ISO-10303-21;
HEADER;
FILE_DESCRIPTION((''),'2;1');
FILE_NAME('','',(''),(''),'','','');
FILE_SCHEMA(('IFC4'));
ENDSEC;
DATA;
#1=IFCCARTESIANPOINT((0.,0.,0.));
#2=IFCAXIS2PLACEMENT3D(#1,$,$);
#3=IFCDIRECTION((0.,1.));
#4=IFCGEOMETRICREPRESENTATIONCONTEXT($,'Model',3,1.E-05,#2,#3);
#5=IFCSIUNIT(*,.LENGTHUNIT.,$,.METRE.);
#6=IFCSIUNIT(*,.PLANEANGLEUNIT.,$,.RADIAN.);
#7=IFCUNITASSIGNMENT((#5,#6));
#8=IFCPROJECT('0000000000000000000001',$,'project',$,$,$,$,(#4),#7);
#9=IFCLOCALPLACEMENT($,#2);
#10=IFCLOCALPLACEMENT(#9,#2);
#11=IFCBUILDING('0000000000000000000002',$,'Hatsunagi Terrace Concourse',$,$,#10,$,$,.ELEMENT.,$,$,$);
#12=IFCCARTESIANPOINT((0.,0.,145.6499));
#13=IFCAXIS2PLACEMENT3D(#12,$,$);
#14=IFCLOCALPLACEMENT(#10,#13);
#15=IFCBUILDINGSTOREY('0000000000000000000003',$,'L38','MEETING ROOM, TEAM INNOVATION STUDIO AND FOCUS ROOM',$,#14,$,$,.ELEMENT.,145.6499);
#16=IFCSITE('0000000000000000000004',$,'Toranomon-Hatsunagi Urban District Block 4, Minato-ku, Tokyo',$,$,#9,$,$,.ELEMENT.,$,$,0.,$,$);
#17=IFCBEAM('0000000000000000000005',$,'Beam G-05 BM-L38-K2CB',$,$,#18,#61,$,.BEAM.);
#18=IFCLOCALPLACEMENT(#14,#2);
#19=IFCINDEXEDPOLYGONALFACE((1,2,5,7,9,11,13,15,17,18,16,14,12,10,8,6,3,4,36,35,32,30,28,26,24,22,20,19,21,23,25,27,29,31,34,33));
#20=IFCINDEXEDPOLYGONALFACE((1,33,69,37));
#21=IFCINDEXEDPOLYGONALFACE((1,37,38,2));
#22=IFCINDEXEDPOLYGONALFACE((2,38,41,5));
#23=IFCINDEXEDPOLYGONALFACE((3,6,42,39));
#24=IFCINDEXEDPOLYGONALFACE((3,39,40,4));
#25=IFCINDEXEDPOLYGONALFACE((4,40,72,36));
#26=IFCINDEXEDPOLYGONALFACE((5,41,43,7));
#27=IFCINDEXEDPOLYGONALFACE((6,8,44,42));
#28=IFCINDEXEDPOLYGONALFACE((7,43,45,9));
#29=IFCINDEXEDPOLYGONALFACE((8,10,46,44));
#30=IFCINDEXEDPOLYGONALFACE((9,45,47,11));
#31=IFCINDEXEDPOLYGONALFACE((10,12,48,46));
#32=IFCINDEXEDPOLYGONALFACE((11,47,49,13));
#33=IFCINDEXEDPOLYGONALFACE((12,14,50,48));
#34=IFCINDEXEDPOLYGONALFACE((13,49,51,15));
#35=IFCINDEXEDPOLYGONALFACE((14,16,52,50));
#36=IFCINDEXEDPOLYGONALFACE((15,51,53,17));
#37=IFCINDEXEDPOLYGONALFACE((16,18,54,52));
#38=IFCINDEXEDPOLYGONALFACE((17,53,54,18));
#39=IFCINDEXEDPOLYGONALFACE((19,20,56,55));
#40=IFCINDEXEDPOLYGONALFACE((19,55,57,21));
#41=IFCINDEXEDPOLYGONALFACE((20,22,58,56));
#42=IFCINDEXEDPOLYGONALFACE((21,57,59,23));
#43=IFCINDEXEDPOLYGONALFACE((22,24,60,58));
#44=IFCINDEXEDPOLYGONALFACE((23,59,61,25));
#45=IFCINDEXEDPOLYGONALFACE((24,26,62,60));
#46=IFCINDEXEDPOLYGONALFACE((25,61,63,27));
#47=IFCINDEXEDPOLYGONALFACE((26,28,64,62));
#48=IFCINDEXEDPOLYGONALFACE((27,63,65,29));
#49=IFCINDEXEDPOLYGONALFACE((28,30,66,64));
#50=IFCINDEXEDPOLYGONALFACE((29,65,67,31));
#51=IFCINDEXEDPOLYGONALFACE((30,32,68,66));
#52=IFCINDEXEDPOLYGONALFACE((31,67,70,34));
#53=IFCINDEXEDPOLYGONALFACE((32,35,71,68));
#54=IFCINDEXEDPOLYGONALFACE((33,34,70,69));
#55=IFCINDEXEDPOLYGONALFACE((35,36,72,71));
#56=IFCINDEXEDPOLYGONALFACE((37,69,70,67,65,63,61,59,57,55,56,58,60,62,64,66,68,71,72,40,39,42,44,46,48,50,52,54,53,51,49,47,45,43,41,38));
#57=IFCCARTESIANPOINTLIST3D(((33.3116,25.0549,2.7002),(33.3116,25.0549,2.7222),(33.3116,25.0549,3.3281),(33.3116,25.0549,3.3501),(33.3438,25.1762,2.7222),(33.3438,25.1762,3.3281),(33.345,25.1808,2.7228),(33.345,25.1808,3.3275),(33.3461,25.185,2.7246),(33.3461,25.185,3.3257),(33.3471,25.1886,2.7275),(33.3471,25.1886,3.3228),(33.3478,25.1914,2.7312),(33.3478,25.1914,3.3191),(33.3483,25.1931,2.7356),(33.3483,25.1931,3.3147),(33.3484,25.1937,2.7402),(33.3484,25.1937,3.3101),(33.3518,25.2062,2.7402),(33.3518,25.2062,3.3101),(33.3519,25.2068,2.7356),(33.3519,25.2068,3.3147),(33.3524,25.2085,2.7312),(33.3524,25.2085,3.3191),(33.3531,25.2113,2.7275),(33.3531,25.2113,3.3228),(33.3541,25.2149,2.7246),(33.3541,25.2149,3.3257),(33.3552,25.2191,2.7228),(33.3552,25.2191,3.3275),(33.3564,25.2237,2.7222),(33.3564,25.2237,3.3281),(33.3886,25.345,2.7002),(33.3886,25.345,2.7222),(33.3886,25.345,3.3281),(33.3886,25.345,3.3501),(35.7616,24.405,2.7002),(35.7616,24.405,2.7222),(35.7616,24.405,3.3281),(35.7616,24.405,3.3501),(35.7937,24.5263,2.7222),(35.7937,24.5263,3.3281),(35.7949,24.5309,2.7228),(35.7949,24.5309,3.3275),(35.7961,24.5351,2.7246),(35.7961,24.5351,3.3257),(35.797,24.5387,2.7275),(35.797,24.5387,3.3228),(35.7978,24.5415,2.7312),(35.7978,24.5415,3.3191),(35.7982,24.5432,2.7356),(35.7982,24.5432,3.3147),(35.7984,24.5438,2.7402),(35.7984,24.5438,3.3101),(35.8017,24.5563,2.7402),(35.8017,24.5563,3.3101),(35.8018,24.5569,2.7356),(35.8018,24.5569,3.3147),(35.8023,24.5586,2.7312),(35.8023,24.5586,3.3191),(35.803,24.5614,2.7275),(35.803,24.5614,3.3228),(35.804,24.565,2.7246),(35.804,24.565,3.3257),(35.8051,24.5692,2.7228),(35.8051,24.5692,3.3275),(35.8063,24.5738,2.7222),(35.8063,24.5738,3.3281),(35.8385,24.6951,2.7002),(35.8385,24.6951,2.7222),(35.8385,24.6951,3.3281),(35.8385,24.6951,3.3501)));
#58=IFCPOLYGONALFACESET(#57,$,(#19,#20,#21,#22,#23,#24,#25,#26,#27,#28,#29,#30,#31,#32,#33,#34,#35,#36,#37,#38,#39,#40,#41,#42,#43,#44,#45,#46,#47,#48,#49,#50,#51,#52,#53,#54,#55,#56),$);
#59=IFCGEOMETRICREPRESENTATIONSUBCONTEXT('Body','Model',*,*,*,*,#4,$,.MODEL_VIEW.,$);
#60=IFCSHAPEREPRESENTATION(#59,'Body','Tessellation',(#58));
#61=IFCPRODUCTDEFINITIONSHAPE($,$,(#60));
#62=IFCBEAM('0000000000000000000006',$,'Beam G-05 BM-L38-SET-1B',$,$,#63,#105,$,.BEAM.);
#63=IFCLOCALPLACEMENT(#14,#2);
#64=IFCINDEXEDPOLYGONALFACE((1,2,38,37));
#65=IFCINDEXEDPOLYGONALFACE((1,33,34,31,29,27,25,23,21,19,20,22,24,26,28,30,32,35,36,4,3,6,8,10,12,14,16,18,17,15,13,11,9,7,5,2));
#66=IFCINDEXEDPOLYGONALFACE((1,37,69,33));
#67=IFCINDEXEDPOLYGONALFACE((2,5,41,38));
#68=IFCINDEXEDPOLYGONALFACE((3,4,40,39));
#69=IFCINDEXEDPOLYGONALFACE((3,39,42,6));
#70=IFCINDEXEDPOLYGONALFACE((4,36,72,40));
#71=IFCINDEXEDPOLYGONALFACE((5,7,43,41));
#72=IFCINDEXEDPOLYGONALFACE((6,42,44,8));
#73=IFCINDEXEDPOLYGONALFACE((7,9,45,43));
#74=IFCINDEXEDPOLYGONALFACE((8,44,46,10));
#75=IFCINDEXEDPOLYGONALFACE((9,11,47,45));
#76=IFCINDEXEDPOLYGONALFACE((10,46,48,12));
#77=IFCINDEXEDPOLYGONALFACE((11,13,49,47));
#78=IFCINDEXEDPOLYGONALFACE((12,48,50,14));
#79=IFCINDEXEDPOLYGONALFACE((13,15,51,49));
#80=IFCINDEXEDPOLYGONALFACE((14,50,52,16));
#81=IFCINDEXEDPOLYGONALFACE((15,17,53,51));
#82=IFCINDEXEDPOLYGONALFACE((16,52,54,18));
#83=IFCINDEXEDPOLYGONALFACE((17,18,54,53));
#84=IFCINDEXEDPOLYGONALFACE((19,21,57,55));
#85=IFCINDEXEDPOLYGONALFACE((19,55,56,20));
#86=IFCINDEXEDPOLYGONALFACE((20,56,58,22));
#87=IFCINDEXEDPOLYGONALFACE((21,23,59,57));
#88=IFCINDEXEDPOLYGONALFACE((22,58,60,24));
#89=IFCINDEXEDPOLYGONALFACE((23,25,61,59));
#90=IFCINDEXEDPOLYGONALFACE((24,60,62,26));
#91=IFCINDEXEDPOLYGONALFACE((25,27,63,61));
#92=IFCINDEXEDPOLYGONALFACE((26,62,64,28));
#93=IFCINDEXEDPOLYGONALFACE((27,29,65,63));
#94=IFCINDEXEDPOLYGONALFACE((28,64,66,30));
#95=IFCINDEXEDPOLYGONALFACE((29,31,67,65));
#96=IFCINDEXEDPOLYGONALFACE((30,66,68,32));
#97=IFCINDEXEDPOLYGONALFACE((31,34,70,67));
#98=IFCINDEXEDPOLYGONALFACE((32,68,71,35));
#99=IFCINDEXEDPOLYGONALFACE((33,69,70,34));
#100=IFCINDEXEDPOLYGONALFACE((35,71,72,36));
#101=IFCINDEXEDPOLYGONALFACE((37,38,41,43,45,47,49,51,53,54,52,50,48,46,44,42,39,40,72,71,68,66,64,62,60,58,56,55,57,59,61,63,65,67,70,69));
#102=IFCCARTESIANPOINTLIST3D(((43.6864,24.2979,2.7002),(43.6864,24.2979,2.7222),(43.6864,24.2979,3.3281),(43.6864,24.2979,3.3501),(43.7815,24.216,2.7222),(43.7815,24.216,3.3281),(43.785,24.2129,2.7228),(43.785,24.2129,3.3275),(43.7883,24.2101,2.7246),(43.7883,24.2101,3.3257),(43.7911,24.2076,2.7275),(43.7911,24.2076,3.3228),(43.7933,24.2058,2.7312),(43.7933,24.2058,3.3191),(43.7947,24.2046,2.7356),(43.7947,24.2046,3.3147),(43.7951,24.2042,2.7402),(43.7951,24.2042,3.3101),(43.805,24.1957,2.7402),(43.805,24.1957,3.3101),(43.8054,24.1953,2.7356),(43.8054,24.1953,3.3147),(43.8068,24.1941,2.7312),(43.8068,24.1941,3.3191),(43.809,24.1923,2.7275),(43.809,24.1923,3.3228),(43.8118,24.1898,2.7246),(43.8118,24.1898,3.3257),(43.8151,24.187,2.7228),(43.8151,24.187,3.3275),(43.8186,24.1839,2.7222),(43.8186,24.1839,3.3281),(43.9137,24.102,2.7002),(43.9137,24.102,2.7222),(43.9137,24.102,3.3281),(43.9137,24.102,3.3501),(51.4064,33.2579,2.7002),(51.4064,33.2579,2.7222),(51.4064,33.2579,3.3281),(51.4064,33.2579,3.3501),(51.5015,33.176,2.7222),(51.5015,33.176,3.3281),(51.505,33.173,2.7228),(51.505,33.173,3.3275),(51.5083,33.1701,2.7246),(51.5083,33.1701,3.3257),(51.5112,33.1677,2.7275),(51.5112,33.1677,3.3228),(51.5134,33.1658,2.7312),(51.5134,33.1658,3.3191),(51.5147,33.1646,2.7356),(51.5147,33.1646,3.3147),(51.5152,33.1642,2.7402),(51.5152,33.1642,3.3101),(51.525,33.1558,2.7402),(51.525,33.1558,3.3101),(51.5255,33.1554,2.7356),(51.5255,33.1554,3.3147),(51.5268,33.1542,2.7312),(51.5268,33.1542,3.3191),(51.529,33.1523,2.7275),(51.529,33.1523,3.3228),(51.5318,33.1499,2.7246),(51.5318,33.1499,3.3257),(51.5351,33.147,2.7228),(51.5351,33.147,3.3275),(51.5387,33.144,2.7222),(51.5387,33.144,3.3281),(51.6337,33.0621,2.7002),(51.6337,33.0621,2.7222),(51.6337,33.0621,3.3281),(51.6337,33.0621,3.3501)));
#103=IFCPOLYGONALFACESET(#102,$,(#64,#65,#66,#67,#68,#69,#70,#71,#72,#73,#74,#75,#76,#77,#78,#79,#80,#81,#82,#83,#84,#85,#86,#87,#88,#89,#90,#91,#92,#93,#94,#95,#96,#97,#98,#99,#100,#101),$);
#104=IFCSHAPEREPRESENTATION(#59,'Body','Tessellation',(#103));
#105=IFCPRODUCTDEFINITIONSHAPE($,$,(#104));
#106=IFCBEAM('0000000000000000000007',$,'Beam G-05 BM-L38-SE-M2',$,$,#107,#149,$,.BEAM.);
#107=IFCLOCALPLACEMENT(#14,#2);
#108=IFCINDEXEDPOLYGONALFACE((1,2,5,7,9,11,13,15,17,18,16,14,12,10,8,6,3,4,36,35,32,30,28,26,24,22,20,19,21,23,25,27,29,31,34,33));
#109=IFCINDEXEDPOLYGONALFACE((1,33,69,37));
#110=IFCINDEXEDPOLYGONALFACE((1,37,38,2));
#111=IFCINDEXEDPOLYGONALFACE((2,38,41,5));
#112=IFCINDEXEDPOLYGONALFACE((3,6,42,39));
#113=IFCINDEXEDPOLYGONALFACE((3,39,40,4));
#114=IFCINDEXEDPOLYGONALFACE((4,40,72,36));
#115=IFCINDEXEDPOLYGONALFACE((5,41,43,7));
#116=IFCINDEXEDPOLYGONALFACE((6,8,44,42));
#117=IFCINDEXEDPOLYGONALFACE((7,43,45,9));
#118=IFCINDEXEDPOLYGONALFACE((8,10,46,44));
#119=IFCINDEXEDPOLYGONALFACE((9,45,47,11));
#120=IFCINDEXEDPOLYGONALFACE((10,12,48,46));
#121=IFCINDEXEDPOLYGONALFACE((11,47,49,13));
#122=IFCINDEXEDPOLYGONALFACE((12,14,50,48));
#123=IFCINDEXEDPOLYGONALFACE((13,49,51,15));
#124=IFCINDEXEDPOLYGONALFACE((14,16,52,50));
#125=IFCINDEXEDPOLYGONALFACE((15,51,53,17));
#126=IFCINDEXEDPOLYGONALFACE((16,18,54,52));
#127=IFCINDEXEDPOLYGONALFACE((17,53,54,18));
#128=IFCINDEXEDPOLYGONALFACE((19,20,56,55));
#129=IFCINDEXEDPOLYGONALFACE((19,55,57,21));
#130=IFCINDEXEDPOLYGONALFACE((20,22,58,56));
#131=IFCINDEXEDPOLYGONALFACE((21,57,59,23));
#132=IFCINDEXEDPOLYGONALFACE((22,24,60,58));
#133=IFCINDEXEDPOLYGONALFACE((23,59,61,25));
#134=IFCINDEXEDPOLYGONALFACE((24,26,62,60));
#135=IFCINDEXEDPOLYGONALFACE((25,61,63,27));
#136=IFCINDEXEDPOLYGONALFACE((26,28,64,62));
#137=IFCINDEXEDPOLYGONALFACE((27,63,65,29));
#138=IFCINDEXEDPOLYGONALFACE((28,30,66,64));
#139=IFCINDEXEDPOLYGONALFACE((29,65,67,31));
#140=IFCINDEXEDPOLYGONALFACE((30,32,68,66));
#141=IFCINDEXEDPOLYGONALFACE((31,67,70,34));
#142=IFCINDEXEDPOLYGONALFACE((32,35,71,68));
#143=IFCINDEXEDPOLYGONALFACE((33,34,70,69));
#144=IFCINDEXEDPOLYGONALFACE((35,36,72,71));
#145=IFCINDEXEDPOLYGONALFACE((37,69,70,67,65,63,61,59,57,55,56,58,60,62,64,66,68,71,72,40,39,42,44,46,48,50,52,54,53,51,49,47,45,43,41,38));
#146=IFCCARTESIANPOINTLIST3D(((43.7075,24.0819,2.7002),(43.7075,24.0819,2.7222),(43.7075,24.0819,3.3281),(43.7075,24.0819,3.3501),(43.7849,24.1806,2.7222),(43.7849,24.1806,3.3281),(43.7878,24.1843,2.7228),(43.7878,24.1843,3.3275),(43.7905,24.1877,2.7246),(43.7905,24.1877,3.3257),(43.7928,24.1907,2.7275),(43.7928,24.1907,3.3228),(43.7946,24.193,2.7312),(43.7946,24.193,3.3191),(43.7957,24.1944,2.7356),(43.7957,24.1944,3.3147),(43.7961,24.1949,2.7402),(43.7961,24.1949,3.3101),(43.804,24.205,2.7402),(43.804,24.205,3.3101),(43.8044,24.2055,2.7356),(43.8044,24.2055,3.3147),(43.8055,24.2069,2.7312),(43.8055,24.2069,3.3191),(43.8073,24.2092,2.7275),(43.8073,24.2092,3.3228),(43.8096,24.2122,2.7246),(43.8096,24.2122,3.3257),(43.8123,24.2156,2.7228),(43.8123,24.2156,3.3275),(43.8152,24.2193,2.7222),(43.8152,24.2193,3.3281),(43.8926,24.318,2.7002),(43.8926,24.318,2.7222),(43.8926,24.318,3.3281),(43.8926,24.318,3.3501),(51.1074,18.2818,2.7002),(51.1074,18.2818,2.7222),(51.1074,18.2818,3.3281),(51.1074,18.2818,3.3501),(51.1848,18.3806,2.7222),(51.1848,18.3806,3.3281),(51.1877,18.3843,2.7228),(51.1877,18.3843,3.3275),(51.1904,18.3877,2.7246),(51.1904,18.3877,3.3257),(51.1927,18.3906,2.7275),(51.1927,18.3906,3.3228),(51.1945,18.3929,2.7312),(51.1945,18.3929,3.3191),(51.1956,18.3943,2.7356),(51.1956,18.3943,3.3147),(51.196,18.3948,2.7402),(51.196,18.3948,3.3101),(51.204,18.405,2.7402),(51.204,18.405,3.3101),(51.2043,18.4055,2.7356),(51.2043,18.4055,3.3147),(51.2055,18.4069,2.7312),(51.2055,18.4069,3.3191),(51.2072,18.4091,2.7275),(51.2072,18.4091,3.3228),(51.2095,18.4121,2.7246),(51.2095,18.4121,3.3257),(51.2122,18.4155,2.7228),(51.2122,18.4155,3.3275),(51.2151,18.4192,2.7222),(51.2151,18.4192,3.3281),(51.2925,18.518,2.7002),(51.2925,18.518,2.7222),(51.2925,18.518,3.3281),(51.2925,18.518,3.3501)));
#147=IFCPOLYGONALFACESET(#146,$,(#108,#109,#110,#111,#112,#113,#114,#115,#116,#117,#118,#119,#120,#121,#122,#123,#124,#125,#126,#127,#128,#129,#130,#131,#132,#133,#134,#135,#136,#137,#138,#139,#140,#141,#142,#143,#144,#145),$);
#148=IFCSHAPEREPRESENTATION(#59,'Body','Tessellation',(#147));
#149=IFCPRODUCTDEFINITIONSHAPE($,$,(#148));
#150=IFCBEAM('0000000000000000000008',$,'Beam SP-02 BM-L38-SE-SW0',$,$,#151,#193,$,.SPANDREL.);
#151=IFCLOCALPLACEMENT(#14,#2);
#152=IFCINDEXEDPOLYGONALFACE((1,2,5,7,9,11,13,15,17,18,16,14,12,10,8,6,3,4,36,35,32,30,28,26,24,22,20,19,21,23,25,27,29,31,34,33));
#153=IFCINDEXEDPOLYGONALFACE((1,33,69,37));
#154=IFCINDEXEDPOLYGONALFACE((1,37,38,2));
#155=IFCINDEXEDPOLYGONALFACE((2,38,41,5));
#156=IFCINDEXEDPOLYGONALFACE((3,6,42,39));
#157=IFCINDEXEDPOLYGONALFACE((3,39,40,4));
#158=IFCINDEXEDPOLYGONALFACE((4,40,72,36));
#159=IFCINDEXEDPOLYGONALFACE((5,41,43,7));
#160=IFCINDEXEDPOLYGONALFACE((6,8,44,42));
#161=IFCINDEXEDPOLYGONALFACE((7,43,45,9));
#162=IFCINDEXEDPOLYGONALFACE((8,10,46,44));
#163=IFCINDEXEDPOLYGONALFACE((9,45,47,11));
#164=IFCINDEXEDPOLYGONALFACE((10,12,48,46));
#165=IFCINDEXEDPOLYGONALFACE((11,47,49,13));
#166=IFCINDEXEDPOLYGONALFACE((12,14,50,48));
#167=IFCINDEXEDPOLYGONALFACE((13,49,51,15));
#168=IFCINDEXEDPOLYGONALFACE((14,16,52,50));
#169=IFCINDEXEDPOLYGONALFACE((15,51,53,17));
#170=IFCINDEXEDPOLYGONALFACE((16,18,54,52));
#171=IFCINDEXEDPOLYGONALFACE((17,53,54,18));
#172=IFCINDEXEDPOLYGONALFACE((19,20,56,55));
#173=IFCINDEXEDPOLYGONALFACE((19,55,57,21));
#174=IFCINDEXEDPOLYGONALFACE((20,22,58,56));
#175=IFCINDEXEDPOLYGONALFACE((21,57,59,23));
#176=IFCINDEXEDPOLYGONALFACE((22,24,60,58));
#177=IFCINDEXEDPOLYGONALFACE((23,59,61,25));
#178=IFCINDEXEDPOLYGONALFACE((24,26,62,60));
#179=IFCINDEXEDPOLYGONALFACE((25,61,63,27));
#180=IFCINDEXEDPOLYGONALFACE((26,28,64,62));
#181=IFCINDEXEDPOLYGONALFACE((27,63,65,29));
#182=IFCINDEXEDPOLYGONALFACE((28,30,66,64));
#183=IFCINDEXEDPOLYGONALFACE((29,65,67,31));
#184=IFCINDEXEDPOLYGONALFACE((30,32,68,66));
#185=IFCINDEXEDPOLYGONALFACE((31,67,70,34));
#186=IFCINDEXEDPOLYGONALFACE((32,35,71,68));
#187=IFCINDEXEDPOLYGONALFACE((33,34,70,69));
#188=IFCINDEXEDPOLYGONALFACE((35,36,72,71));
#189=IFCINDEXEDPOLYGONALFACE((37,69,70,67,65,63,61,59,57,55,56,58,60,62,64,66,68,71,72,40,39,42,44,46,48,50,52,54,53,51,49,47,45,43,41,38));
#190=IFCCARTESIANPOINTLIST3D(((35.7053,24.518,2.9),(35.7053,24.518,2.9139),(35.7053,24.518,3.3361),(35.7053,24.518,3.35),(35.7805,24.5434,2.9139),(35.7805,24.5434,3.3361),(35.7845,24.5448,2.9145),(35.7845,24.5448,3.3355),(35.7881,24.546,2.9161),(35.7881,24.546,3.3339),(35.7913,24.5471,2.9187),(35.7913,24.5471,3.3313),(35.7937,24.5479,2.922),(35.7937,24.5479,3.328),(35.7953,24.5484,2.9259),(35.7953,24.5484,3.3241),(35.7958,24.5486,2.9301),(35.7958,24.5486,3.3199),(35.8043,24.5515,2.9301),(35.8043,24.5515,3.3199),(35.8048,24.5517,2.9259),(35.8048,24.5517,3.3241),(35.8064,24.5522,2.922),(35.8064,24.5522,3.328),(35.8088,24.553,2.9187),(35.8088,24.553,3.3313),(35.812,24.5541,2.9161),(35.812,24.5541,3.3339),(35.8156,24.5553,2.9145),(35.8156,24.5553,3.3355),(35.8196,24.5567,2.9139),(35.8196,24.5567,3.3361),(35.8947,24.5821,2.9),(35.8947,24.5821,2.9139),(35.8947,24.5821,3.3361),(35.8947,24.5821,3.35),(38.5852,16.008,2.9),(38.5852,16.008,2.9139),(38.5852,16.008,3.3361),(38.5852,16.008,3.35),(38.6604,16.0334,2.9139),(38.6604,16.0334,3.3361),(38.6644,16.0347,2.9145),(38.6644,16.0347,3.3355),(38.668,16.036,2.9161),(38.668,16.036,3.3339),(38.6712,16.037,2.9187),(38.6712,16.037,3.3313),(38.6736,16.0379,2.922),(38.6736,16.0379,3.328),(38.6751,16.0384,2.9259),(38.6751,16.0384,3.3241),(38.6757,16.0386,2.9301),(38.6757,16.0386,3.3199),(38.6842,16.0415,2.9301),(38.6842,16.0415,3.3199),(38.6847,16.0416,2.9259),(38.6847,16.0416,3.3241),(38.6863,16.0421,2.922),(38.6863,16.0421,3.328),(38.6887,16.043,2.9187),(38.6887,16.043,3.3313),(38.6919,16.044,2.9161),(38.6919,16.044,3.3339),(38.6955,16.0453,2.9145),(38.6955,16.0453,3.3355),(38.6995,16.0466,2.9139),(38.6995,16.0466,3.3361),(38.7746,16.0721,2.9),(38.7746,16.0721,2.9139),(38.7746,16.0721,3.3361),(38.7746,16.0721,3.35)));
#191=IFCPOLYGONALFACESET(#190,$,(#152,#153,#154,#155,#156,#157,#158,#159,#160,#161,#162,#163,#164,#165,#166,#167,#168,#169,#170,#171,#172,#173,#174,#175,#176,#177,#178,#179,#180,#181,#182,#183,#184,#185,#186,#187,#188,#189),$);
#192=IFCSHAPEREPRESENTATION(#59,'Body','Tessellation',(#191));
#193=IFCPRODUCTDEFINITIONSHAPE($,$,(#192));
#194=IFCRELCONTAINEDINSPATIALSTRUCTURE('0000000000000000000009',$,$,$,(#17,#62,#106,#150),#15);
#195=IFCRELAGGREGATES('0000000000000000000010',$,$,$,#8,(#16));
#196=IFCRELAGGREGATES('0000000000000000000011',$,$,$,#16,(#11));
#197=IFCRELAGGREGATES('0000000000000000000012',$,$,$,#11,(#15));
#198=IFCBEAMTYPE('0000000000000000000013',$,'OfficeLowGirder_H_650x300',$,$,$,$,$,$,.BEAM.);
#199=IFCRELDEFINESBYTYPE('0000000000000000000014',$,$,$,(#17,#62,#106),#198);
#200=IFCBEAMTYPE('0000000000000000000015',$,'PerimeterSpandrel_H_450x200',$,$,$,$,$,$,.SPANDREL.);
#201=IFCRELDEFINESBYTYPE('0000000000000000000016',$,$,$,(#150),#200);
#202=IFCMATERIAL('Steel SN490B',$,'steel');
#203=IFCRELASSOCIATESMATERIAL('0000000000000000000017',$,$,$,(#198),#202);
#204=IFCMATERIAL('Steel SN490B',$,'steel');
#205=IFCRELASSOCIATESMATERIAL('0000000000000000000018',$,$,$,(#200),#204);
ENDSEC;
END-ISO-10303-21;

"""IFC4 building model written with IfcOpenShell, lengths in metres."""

from ifc_helpers import new_model, si_unit, direction, frame, origin, origin_2d, place, context, subcontext, project, spatial, i_section, extrude, material, material_profile, profile_set, type_object, element, save


model = new_model("IFC4")

# Units and contexts
model_context = context("Model", 3, precision=1e-05, world=origin(), true_north=direction((0.0, 1.0)))
body_context = subcontext(model_context, "Body", "Model", "MODEL_VIEW")
ifc_project = project(units=[si_unit("LENGTHUNIT", "METRE"), si_unit("PLANEANGLEUNIT", "RADIAN")], contexts=[model_context])

# Site, building, storey
site_placement = place(None, origin())
site = spatial("IfcSite", under=ifc_project, at=site_placement, Name="Toranomon-Hatsunagi Urban District Block 4, Minato-ku, Tokyo", CompositionType="ELEMENT", RefElevation=0.0)
building_placement = place(site_placement, origin())
building = spatial("IfcBuilding", under=site, at=building_placement, Name="Hatsunagi Terrace Concourse", CompositionType="ELEMENT")
storey_placement = place(building_placement, frame((0.0, 0.0, 145.6499)))
storey = spatial("IfcBuildingStorey", under=building, at=storey_placement, Name="L38", Description="MEETING ROOM, TEAM INNOVATION STUDIO AND FOCUS ROOM", CompositionType="ELEMENT", Elevation=145.6499)

# Beams
ifc_material_1 = material(Name="Steel SN490B", Category="steel")
ifc_material_profile_1 = material_profile(ifc_material_1, i_section(OverallWidth=0.3, OverallDepth=0.6499, WebThickness=0.0129, FlangeThickness=0.022, FilletRadius=0.0181, at=origin_2d()), Name="H-650x300x13x22")
ifc_profile_set_1 = profile_set([ifc_material_profile_1], Name="Steel SN490B")
beam_type_1 = type_object("IfcBeamType", Name="OfficeLowGirder_H_650x300", PredefinedType="BEAM", material=ifc_profile_set_1)
beam_1_placement = place(storey_placement, frame((33.3501, 25.2, 3.0251), z_axis=(0.96657, -0.256403, 0.0), x_axis=(0.256403, 0.96657, 0.0)))
element("IfcBeam", 1, at=beam_1_placement, inside=storey, type_object=beam_type_1, Name="Beam G-05 BM-L38-K2CB", PredefinedType="BEAM", context=body_context, shape_type="SweptSolid", body=[
    extrude(i_section(OverallWidth=0.3, OverallDepth=0.6499, WebThickness=0.0129, FlangeThickness=0.022, FilletRadius=0.0181, at=origin_2d()), origin(), (0.0, 0.0, 1.0), 2.5347),
])
beam_2_placement = place(storey_placement, frame((43.8, 24.2, 3.0251), z_axis=(0.652739, 0.757583, 0.0), x_axis=(-0.757583, 0.652739, 0.0)))
element("IfcBeam", 2, at=beam_2_placement, inside=storey, type_object=beam_type_1, Name="Beam G-05 BM-L38-SET-1B", PredefinedType="BEAM", context=body_context, shape_type="SweptSolid", body=[
    extrude(i_section(OverallWidth=0.3, OverallDepth=0.6499, WebThickness=0.0129, FlangeThickness=0.022, FilletRadius=0.0181, at=origin_2d()), origin(), (0.0, 0.0, 1.0), 11.8271),
])
beam_3_placement = place(storey_placement, frame((43.8, 24.2, 3.0251), z_axis=(0.787049, -0.61689, 0.0), x_axis=(0.61689, 0.787049, 0.0)))
element("IfcBeam", 3, at=beam_3_placement, inside=storey, type_object=beam_type_1, Name="Beam G-05 BM-L38-SE-M2", PredefinedType="BEAM", context=body_context, shape_type="SweptSolid", body=[
    extrude(i_section(OverallWidth=0.3, OverallDepth=0.6499, WebThickness=0.0129, FlangeThickness=0.022, FilletRadius=0.0181, at=origin_2d()), origin(), (0.0, 0.0, 1.0), 9.4021),
])
ifc_material_2 = material(Name="Steel SN490B", Category="steel")
ifc_material_profile_2 = material_profile(ifc_material_2, i_section(OverallWidth=0.2, OverallDepth=0.45, WebThickness=0.009, FlangeThickness=0.0139, FilletRadius=0.0161, at=origin_2d()), Name="H-450x200x9x14")
ifc_profile_set_2 = profile_set([ifc_material_profile_2], Name="Steel SN490B")
beam_type_2 = type_object("IfcBeamType", Name="PerimeterSpandrel_H_450x200", PredefinedType="SPANDREL", material=ifc_profile_set_2)
beam_4_placement = place(storey_placement, frame((35.8, 24.55, 3.125), z_axis=(0.320553, -0.94723, 0.0), x_axis=(0.94723, 0.320553, 0.0)))
element("IfcBeam", 4, at=beam_4_placement, inside=storey, type_object=beam_type_2, Name="Beam SP-02 BM-L38-SE-SW0", PredefinedType="SPANDREL", context=body_context, shape_type="SweptSolid", body=[
    extrude(i_section(OverallWidth=0.2, OverallDepth=0.45, WebThickness=0.009, FlangeThickness=0.0139, FilletRadius=0.0161, at=origin_2d()), origin(), (0.0, 0.0, 1.0), 8.9841),
])

save(model, "model.ifc")
